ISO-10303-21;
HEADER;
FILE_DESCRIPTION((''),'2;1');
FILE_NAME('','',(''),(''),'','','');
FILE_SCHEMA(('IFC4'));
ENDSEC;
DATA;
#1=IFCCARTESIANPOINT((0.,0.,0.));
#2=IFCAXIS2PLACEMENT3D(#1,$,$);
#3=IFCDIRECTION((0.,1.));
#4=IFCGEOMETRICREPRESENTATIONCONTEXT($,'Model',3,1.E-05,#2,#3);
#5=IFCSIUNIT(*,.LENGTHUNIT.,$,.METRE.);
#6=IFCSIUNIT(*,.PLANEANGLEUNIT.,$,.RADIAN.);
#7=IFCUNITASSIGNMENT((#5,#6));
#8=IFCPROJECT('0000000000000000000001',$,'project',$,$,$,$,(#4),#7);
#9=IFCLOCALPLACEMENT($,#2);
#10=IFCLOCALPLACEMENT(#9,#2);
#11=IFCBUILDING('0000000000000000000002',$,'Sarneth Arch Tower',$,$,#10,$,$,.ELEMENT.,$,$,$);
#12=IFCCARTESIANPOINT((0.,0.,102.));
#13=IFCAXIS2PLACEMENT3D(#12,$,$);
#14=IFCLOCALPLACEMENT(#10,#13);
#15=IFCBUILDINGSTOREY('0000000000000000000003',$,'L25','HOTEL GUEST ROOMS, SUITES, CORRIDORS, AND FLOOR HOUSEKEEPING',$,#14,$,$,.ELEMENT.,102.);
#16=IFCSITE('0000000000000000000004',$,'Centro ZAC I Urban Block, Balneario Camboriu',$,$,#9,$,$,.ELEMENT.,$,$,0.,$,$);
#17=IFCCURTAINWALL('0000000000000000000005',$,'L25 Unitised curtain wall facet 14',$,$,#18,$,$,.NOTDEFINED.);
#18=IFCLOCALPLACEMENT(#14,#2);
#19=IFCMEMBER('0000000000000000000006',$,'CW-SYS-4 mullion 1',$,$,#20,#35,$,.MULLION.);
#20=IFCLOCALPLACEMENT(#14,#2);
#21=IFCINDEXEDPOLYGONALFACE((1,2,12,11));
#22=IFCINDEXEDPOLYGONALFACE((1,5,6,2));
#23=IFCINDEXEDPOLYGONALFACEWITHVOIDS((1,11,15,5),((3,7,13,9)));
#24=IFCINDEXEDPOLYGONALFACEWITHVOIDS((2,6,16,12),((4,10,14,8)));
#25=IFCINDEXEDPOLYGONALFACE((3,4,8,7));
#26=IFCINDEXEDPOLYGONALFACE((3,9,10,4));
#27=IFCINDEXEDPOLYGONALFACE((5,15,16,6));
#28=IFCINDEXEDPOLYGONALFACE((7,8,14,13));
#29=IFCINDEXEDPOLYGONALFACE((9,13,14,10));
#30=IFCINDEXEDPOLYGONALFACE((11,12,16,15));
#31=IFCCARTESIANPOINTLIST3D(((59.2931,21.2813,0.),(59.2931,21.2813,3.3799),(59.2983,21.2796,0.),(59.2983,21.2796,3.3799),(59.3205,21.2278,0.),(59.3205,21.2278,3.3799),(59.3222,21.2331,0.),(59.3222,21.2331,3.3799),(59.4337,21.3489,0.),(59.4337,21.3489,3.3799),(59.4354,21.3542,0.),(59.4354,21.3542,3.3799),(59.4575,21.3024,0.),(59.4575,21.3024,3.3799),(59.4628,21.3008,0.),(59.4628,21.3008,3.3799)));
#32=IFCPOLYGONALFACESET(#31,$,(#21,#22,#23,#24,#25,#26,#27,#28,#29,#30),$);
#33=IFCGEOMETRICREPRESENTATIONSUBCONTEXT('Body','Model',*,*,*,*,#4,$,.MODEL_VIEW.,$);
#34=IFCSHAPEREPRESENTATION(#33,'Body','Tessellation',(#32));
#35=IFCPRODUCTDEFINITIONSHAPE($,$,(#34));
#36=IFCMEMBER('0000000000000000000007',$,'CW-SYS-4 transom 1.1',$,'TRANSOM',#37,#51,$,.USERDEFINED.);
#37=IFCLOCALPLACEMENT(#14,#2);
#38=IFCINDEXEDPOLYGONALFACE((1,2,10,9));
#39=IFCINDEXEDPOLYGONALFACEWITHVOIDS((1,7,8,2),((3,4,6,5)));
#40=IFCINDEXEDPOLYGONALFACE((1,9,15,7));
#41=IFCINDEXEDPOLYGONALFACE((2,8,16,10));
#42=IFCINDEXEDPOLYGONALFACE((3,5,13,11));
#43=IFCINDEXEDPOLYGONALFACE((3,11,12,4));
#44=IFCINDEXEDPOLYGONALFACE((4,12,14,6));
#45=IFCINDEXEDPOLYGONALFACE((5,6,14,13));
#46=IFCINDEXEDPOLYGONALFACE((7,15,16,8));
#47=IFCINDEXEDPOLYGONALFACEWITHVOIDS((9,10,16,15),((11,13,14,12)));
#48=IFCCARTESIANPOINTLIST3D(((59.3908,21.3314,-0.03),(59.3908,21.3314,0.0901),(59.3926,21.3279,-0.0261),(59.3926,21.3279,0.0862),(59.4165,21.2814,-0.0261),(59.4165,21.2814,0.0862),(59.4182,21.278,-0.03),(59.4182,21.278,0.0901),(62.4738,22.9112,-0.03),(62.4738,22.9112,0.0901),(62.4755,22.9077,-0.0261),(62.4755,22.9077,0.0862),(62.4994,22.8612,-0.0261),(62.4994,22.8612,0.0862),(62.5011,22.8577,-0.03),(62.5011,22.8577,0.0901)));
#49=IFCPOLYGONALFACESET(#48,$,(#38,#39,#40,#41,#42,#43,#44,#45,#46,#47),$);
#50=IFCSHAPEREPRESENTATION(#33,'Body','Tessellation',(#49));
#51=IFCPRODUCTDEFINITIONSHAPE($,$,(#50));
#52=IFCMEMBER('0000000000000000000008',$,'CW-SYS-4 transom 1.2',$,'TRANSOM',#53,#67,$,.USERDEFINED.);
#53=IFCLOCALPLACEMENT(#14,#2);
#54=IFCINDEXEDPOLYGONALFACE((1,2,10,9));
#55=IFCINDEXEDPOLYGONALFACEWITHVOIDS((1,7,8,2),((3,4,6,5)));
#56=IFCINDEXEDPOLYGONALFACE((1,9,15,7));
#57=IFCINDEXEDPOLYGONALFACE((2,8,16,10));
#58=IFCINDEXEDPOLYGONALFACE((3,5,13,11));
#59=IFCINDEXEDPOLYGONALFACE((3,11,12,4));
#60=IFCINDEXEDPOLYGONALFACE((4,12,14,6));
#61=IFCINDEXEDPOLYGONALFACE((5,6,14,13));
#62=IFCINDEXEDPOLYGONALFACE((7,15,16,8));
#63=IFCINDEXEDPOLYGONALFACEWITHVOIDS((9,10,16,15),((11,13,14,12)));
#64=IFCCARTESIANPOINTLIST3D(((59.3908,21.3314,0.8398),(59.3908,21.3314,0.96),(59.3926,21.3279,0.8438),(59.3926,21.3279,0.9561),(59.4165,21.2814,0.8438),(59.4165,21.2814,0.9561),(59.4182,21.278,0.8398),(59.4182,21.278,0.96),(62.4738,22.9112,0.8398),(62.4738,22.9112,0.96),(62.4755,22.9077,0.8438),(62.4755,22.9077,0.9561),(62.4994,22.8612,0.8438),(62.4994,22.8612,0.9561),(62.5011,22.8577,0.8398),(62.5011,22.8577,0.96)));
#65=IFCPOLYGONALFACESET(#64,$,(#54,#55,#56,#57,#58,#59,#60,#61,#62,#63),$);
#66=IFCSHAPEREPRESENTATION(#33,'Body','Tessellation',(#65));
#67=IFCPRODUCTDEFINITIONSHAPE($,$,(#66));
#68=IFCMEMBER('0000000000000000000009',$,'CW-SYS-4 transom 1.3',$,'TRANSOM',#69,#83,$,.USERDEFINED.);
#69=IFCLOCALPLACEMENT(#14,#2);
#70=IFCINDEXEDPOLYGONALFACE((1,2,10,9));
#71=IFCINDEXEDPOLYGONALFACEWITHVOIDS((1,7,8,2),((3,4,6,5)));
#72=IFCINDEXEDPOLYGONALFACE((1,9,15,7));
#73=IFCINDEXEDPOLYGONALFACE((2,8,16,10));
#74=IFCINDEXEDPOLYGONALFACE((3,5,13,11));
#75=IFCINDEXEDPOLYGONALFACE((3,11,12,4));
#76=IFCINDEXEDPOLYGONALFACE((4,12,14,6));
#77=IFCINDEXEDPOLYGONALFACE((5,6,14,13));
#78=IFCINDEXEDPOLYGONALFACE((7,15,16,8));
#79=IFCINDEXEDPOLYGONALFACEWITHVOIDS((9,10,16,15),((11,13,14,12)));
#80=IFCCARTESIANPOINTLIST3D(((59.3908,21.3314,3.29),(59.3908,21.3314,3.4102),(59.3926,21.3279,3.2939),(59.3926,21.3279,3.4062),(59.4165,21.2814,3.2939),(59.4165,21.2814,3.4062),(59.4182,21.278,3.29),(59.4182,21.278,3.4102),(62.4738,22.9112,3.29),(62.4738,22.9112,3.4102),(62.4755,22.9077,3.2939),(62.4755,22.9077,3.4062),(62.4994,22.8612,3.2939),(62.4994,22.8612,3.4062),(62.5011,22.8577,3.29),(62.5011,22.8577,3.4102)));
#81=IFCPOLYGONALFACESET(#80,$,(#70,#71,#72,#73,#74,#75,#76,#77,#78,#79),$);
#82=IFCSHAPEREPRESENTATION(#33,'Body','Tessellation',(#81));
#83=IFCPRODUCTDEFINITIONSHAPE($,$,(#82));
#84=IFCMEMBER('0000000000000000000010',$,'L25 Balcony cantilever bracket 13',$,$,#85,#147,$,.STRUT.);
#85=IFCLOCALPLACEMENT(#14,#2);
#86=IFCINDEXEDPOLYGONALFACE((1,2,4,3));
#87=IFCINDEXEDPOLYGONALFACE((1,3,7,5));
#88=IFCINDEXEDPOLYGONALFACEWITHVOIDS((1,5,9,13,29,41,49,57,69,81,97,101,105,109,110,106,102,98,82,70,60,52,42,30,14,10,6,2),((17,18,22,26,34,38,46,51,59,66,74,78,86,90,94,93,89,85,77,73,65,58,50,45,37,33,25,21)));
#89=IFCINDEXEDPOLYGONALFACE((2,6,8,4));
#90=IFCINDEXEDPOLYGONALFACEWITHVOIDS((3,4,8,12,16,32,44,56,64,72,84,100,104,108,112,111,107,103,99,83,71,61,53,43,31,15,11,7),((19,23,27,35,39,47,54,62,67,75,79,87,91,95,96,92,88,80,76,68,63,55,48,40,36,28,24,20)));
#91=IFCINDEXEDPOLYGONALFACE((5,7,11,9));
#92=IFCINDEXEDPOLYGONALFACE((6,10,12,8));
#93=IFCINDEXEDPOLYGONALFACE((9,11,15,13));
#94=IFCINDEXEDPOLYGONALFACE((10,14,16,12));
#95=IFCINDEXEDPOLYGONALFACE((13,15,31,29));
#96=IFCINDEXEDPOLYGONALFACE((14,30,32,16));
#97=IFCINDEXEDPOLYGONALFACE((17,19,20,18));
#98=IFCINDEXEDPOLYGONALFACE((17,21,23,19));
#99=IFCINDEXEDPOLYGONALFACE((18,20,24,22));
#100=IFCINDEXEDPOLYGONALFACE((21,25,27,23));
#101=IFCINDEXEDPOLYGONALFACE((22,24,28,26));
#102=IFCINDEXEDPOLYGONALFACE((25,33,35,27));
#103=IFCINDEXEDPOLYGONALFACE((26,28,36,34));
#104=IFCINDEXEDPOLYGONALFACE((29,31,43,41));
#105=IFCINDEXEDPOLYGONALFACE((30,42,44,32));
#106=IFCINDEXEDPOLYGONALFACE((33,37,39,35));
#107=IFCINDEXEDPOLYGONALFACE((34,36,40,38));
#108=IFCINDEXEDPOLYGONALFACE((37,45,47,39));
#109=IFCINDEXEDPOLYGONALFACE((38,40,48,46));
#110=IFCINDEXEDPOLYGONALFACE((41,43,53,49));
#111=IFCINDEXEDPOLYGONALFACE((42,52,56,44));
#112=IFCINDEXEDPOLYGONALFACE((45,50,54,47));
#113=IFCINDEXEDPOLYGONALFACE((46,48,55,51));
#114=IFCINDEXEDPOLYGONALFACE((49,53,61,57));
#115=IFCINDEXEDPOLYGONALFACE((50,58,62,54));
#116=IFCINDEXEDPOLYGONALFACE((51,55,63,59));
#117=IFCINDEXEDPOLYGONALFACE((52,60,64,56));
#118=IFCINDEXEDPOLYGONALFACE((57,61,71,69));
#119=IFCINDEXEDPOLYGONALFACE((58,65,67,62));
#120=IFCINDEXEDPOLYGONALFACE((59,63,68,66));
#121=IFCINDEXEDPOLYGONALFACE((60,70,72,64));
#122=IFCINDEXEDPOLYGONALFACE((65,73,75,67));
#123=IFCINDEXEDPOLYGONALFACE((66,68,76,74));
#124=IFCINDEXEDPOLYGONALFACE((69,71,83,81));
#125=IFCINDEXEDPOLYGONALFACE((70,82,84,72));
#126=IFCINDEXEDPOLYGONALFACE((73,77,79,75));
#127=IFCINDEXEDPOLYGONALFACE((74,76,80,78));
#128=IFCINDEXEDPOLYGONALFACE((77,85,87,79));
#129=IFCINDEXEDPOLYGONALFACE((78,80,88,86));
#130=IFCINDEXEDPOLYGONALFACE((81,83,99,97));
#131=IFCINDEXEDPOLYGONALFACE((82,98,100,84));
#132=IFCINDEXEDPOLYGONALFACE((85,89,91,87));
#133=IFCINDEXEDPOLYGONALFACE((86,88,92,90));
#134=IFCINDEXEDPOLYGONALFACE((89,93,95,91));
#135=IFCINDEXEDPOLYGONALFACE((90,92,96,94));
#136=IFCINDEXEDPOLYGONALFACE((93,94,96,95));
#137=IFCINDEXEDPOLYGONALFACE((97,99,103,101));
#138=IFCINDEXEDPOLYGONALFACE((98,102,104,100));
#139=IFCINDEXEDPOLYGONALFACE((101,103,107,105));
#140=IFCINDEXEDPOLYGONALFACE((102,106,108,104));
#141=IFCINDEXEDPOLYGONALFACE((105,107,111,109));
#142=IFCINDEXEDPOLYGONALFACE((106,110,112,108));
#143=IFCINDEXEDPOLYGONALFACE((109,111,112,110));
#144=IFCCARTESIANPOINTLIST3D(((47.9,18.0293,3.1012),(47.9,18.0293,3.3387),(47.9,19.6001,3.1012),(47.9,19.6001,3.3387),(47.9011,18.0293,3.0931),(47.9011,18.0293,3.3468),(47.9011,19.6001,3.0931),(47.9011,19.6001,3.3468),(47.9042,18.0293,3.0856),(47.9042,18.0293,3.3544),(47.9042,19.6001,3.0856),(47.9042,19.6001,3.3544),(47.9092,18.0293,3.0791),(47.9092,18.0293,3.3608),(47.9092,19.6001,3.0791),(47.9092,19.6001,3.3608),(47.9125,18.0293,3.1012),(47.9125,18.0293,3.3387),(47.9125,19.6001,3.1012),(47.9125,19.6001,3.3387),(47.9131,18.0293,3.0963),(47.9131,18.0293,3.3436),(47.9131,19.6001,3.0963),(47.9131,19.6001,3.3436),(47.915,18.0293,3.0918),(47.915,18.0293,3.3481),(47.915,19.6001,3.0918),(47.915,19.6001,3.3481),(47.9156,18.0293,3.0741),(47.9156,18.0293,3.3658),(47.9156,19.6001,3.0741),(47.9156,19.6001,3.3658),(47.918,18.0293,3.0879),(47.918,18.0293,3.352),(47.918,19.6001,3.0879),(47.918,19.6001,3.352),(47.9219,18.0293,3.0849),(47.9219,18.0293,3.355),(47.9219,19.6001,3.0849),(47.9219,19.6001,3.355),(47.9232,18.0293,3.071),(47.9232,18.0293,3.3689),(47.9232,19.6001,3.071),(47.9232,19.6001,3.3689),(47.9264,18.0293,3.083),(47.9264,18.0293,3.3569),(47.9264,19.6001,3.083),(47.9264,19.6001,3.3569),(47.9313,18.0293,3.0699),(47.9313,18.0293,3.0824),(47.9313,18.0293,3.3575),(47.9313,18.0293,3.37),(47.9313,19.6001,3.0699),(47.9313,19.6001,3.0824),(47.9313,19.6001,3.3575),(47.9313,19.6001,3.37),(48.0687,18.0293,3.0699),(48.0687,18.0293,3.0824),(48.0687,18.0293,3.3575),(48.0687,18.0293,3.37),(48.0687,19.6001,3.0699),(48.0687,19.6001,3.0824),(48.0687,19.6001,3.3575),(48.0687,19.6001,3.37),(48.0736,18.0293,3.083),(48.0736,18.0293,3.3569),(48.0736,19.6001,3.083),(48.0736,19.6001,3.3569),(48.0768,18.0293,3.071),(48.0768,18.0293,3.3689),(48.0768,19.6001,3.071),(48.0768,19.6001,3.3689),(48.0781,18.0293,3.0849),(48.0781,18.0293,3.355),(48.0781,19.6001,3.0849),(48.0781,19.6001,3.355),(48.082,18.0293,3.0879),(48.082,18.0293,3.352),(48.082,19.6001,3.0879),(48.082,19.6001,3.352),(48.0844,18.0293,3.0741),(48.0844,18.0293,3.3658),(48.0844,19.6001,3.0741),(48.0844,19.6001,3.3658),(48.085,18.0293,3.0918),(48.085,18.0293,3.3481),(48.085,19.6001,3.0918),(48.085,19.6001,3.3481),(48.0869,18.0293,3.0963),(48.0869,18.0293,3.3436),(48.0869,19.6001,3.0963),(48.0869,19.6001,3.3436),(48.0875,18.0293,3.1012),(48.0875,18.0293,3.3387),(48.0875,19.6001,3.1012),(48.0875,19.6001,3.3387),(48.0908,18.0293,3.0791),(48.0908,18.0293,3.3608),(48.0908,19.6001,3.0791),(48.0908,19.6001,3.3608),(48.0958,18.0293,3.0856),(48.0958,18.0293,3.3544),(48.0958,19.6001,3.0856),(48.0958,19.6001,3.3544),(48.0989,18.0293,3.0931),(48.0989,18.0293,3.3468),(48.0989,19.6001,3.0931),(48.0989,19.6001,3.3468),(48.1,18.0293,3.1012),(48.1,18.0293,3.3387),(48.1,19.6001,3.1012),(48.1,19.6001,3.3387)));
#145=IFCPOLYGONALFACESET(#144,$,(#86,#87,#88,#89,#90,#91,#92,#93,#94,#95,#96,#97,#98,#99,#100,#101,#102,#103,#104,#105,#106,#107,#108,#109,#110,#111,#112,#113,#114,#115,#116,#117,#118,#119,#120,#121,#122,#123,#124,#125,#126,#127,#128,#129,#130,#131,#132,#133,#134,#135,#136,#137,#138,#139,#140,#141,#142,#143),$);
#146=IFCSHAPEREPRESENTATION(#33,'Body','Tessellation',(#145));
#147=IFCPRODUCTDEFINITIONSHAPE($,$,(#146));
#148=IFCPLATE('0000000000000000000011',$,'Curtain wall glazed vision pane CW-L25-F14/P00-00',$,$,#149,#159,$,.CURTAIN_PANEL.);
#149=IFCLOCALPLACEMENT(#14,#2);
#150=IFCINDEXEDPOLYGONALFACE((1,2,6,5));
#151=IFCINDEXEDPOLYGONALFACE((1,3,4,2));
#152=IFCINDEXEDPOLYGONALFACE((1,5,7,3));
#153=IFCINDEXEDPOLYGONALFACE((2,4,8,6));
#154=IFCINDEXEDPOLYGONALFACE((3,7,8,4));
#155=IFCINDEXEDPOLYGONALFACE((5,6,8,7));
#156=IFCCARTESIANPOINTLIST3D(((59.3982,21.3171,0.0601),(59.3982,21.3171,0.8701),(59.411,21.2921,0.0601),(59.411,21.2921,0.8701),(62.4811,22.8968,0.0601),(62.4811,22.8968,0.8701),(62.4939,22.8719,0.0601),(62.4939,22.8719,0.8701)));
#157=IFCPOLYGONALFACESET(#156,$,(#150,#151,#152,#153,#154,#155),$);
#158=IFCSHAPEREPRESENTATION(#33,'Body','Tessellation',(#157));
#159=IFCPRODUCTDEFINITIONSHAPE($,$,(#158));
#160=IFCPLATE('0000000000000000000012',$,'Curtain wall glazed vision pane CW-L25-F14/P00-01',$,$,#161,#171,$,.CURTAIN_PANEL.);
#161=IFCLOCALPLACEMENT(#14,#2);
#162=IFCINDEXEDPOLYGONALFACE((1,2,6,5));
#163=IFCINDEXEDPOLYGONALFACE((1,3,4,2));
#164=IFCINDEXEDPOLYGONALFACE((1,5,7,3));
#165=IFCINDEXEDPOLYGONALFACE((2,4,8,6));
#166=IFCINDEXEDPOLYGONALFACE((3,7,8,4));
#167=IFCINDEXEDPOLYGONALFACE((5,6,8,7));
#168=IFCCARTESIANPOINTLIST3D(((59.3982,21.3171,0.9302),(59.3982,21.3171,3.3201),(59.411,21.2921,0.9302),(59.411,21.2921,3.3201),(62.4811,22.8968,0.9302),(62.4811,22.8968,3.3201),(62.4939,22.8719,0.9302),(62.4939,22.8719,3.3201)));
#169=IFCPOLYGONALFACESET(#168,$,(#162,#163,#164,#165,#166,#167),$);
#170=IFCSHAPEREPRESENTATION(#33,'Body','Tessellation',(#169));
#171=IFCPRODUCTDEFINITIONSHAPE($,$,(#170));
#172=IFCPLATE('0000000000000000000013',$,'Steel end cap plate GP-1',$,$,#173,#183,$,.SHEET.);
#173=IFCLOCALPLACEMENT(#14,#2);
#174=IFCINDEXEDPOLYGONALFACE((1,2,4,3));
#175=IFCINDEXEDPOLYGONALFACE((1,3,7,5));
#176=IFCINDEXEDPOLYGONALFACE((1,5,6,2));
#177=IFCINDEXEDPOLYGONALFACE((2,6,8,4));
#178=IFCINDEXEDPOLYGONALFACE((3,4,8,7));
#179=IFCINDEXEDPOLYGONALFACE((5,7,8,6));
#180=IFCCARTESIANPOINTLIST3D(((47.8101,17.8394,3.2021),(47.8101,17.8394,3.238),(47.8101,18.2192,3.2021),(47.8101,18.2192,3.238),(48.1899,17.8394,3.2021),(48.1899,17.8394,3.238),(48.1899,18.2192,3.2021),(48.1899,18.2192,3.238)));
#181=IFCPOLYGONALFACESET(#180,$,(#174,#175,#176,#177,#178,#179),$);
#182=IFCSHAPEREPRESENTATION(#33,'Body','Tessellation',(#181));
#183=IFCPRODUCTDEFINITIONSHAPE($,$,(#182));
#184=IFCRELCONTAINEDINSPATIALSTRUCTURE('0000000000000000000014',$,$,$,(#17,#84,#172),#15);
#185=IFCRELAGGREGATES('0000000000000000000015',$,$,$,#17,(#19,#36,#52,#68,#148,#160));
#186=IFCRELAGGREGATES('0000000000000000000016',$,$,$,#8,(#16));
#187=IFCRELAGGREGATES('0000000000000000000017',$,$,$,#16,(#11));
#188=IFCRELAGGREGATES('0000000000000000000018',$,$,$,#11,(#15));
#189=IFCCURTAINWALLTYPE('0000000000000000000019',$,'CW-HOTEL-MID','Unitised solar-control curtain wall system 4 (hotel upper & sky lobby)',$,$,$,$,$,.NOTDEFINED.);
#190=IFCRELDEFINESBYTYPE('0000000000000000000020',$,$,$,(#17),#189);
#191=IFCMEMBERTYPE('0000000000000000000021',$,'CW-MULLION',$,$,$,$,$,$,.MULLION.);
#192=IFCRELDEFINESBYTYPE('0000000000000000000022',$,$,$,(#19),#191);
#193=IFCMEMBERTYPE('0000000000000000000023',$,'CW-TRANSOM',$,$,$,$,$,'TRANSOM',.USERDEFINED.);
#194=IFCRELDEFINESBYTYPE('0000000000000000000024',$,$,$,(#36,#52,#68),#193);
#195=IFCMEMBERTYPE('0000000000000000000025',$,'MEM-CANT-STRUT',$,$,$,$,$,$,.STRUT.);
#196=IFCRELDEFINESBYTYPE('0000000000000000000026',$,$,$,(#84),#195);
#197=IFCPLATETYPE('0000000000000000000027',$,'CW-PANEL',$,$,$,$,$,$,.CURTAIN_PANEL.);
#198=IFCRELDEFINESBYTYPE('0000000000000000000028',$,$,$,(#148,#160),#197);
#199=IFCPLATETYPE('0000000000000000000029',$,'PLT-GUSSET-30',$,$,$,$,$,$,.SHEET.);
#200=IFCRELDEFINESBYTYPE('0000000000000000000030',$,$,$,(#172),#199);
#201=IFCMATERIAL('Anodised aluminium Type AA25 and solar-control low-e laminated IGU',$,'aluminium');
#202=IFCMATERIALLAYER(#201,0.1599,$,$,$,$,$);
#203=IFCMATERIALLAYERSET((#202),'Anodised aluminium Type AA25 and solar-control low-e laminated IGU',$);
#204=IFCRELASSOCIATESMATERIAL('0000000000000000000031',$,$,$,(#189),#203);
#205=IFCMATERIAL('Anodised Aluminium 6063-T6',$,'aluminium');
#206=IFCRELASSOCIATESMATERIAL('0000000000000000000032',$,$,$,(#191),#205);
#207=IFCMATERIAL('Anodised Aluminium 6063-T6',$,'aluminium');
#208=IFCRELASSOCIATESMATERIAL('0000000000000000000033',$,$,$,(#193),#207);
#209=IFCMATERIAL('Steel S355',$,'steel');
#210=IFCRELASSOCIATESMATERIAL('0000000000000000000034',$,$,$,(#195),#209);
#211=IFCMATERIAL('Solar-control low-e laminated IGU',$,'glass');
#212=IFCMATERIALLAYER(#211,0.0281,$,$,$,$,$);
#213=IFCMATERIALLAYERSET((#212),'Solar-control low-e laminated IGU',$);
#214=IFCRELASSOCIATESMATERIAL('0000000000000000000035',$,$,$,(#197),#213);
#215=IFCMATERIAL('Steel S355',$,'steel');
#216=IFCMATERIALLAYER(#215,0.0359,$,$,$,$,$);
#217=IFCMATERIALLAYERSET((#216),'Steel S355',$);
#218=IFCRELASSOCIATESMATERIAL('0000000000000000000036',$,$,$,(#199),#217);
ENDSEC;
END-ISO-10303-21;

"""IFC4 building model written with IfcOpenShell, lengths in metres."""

from ifc_helpers import new_model, si_unit, direction, frame, origin, origin_2d, place, context, subcontext, project, spatial, rectangle, hollow_rectangle, extrude, material, layer, layer_set, material_profile, profile_set, type_object, element, aggregate, save


model = new_model("IFC4")

# Units and contexts
model_context = context("Model", 3, precision=1e-05, world=origin(), true_north=direction((0.0, 1.0)))
body_context = subcontext(model_context, "Body", "Model", "MODEL_VIEW")
ifc_project = project(units=[si_unit("LENGTHUNIT", "METRE"), si_unit("PLANEANGLEUNIT", "RADIAN")], contexts=[model_context])

# Site, building, storey
site_placement = place(None, origin())
site = spatial("IfcSite", under=ifc_project, at=site_placement, Name="Centro ZAC I Urban Block, Balneario Camboriu", CompositionType="ELEMENT", RefElevation=0.0)
building_placement = place(site_placement, origin())
building = spatial("IfcBuilding", under=site, at=building_placement, Name="Sarneth Arch Tower", CompositionType="ELEMENT")
storey_placement = place(building_placement, frame((0.0, 0.0, 102.0)))
storey = spatial("IfcBuildingStorey", under=building, at=storey_placement, Name="L25", Description="HOTEL GUEST ROOMS, SUITES, CORRIDORS, AND FLOOR HOUSEKEEPING", CompositionType="ELEMENT", Elevation=102.0)

# Curtain wall, members
ifc_material_1 = material(Name="Anodised aluminium Type AA25 and solar-control low-e laminated IGU", Category="aluminium")
ifc_layer_1 = layer(ifc_material_1, 0.1599)
ifc_layer_set_1 = layer_set([ifc_layer_1], Name="Anodised aluminium Type AA25 and solar-control low-e laminated IGU")
curtain_wall_type = type_object("IfcCurtainWallType", Name="CW-HOTEL-MID", Description="Unitised solar-control curtain wall system 4 (hotel upper & sky lobby)", PredefinedType="NOTDEFINED", material=ifc_layer_set_1)
curtain_wall_placement = place(storey_placement, origin())
curtain_wall = element("IfcCurtainWall", 1, at=curtain_wall_placement, inside=storey, type_object=curtain_wall_type, Name="L25 Unitised curtain wall facet 14", PredefinedType="NOTDEFINED")
ifc_material_2 = material(Name="Anodised Aluminium 6063-T6", Category="aluminium")
ifc_material_profile_1 = material_profile(ifc_material_2, hollow_rectangle(XDim=0.0601, YDim=0.1599, WallThickness=0.0039, at=origin_2d()), Name="AL-MULL-160x60x4")
ifc_profile_set_1 = profile_set([ifc_material_profile_1], Name="Anodised Aluminium 6063-T6")
member_type_1 = type_object("IfcMemberType", Name="CW-MULLION", PredefinedType="MULLION", material=ifc_profile_set_1)
member_1_placement = place(storey_placement, frame((59.3779, 21.291, 0.0), z_axis=(0.0, 0.0, 1.0), x_axis=(-0.456031, 0.889964, 0.0)))
member_1 = element("IfcMember", 2, at=member_1_placement, type_object=member_type_1, Name="CW-SYS-4 mullion 1", PredefinedType="MULLION", context=body_context, shape_type="SweptSolid", body=[
    extrude(hollow_rectangle(XDim=0.0601, YDim=0.1599, WallThickness=0.0039, at=origin_2d()), origin(), (0.0, 0.0, 1.0), 3.3799),
])
ifc_material_3 = material(Name="Anodised Aluminium 6063-T6", Category="aluminium")
ifc_material_profile_2 = material_profile(ifc_material_3, hollow_rectangle(XDim=0.0601, YDim=0.1201, WallThickness=0.0039, at=origin_2d()), Name="AL-TRAN-120x60x4")
ifc_profile_set_2 = profile_set([ifc_material_profile_2], Name="Anodised Aluminium 6063-T6")
member_type_2 = type_object("IfcMemberType", Name="CW-TRANSOM", ElementType="TRANSOM", PredefinedType="USERDEFINED", material=ifc_profile_set_2)
member_2_placement = place(storey_placement, frame((59.4045, 21.3047, 0.03), z_axis=(0.889958, 0.456043, 0.0), x_axis=(-0.456043, 0.889958, 0.0)))
member_2 = element("IfcMember", 3, at=member_2_placement, type_object=member_type_2, Name="CW-SYS-4 transom 1.1", ObjectType="TRANSOM", PredefinedType="USERDEFINED", context=body_context, shape_type="SweptSolid", body=[
    extrude(hollow_rectangle(XDim=0.0601, YDim=0.1201, WallThickness=0.0039, at=origin_2d()), origin(), (0.0, 0.0, 1.0), 3.4641),
])
member_3_placement = place(storey_placement, frame((59.4045, 21.3047, 0.8999), z_axis=(0.889958, 0.456043, 0.0), x_axis=(-0.456043, 0.889958, 0.0)))
member_3 = element("IfcMember", 4, at=member_3_placement, type_object=member_type_2, Name="CW-SYS-4 transom 1.2", ObjectType="TRANSOM", PredefinedType="USERDEFINED", context=body_context, shape_type="SweptSolid", body=[
    extrude(hollow_rectangle(XDim=0.0601, YDim=0.1201, WallThickness=0.0039, at=origin_2d()), origin(), (0.0, 0.0, 1.0), 3.4641),
])
member_4_placement = place(storey_placement, frame((59.4045, 21.3047, 3.3501), z_axis=(0.889958, 0.456043, 0.0), x_axis=(-0.456043, 0.889958, 0.0)))
member_4 = element("IfcMember", 5, at=member_4_placement, type_object=member_type_2, Name="CW-SYS-4 transom 1.3", ObjectType="TRANSOM", PredefinedType="USERDEFINED", context=body_context, shape_type="SweptSolid", body=[
    extrude(hollow_rectangle(XDim=0.0601, YDim=0.1201, WallThickness=0.0039, at=origin_2d()), origin(), (0.0, 0.0, 1.0), 3.4641),
])

# Member
ifc_material_4 = material(Name="Steel S355", Category="steel")
ifc_material_profile_3 = material_profile(ifc_material_4, hollow_rectangle(XDim=0.2, YDim=0.3, WallThickness=0.0125, InnerFilletRadius=0.0188, OuterFilletRadius=0.0312, at=origin_2d()), Name="RHS300x200x12.5")
ifc_profile_set_3 = profile_set([ifc_material_profile_3], Name="Steel S355")
member_type_3 = type_object("IfcMemberType", Name="MEM-CANT-STRUT", PredefinedType="STRUT", material=ifc_profile_set_3)
member_5_placement = place(storey_placement, frame((48.0, 19.6001, 3.22), z_axis=(0.0, -1.0, 0.0), x_axis=(1.0, 0.0, 0.0)))
element("IfcMember", 6, at=member_5_placement, inside=storey, type_object=member_type_3, Name="L25 Balcony cantilever bracket 13", PredefinedType="STRUT", context=body_context, shape_type="SweptSolid", body=[
    extrude(hollow_rectangle(XDim=0.2, YDim=0.3, WallThickness=0.0125, InnerFilletRadius=0.0188, OuterFilletRadius=0.0312, at=origin_2d()), origin(), (0.0, 0.0, 1.0), 1.5708),
])

# Plates
ifc_material_5 = material(Name="Solar-control low-e laminated IGU", Category="glass")
ifc_layer_2 = layer(ifc_material_5, 0.0281)
ifc_layer_set_2 = layer_set([ifc_layer_2], Name="Solar-control low-e laminated IGU")
plate_type_1 = type_object("IfcPlateType", Name="CW-PANEL", PredefinedType="CURTAIN_PANEL", material=ifc_layer_set_2)
plate_1_placement = place(storey_placement, frame((60.946, 22.0945, 0.0601), z_axis=(0.0, 0.0, 1.0), x_axis=(0.889964, 0.456031, 0.0)))
plate_1 = element("IfcPlate", 7, at=plate_1_placement, type_object=plate_type_1, Name="Curtain wall glazed vision pane CW-L25-F14/P00-00", PredefinedType="CURTAIN_PANEL", context=body_context, shape_type="SweptSolid", body=[
    extrude(rectangle(XDim=3.4641, YDim=0.0281, at=origin_2d()), origin(), (0.0, 0.0, 1.0), 0.8101),
])
plate_2_placement = place(storey_placement, frame((60.946, 22.0945, 0.9302), z_axis=(0.0, 0.0, 1.0), x_axis=(0.889964, 0.456031, 0.0)))
plate_2 = element("IfcPlate", 8, at=plate_2_placement, type_object=plate_type_1, Name="Curtain wall glazed vision pane CW-L25-F14/P00-01", PredefinedType="CURTAIN_PANEL", context=body_context, shape_type="SweptSolid", body=[
    extrude(rectangle(XDim=3.4641, YDim=0.0281, at=origin_2d()), origin(), (0.0, 0.0, 1.0), 2.3899),
])
aggregate(curtain_wall, [member_1, member_2, member_3, member_4, plate_1, plate_2])
ifc_material_6 = material(Name="Steel S355", Category="steel")
ifc_layer_3 = layer(ifc_material_6, 0.0359)
ifc_layer_set_3 = layer_set([ifc_layer_3], Name="Steel S355")
plate_type_2 = type_object("IfcPlateType", Name="PLT-GUSSET-30", PredefinedType="SHEET", material=ifc_layer_set_3)
plate_3_placement = place(storey_placement, frame((48.0, 18.0293, 3.2021), z_axis=(0.0, 0.0, 1.0), x_axis=(0.0, -1.0, 0.0)))
element("IfcPlate", 9, at=plate_3_placement, inside=storey, type_object=plate_type_2, Name="Steel end cap plate GP-1", PredefinedType="SHEET", context=body_context, shape_type="SweptSolid", body=[
    extrude(rectangle(XDim=0.3799, YDim=0.3799, at=origin_2d()), origin(), (0.0, 0.0, 1.0), 0.0359),
])

save(model, "model.ifc")
